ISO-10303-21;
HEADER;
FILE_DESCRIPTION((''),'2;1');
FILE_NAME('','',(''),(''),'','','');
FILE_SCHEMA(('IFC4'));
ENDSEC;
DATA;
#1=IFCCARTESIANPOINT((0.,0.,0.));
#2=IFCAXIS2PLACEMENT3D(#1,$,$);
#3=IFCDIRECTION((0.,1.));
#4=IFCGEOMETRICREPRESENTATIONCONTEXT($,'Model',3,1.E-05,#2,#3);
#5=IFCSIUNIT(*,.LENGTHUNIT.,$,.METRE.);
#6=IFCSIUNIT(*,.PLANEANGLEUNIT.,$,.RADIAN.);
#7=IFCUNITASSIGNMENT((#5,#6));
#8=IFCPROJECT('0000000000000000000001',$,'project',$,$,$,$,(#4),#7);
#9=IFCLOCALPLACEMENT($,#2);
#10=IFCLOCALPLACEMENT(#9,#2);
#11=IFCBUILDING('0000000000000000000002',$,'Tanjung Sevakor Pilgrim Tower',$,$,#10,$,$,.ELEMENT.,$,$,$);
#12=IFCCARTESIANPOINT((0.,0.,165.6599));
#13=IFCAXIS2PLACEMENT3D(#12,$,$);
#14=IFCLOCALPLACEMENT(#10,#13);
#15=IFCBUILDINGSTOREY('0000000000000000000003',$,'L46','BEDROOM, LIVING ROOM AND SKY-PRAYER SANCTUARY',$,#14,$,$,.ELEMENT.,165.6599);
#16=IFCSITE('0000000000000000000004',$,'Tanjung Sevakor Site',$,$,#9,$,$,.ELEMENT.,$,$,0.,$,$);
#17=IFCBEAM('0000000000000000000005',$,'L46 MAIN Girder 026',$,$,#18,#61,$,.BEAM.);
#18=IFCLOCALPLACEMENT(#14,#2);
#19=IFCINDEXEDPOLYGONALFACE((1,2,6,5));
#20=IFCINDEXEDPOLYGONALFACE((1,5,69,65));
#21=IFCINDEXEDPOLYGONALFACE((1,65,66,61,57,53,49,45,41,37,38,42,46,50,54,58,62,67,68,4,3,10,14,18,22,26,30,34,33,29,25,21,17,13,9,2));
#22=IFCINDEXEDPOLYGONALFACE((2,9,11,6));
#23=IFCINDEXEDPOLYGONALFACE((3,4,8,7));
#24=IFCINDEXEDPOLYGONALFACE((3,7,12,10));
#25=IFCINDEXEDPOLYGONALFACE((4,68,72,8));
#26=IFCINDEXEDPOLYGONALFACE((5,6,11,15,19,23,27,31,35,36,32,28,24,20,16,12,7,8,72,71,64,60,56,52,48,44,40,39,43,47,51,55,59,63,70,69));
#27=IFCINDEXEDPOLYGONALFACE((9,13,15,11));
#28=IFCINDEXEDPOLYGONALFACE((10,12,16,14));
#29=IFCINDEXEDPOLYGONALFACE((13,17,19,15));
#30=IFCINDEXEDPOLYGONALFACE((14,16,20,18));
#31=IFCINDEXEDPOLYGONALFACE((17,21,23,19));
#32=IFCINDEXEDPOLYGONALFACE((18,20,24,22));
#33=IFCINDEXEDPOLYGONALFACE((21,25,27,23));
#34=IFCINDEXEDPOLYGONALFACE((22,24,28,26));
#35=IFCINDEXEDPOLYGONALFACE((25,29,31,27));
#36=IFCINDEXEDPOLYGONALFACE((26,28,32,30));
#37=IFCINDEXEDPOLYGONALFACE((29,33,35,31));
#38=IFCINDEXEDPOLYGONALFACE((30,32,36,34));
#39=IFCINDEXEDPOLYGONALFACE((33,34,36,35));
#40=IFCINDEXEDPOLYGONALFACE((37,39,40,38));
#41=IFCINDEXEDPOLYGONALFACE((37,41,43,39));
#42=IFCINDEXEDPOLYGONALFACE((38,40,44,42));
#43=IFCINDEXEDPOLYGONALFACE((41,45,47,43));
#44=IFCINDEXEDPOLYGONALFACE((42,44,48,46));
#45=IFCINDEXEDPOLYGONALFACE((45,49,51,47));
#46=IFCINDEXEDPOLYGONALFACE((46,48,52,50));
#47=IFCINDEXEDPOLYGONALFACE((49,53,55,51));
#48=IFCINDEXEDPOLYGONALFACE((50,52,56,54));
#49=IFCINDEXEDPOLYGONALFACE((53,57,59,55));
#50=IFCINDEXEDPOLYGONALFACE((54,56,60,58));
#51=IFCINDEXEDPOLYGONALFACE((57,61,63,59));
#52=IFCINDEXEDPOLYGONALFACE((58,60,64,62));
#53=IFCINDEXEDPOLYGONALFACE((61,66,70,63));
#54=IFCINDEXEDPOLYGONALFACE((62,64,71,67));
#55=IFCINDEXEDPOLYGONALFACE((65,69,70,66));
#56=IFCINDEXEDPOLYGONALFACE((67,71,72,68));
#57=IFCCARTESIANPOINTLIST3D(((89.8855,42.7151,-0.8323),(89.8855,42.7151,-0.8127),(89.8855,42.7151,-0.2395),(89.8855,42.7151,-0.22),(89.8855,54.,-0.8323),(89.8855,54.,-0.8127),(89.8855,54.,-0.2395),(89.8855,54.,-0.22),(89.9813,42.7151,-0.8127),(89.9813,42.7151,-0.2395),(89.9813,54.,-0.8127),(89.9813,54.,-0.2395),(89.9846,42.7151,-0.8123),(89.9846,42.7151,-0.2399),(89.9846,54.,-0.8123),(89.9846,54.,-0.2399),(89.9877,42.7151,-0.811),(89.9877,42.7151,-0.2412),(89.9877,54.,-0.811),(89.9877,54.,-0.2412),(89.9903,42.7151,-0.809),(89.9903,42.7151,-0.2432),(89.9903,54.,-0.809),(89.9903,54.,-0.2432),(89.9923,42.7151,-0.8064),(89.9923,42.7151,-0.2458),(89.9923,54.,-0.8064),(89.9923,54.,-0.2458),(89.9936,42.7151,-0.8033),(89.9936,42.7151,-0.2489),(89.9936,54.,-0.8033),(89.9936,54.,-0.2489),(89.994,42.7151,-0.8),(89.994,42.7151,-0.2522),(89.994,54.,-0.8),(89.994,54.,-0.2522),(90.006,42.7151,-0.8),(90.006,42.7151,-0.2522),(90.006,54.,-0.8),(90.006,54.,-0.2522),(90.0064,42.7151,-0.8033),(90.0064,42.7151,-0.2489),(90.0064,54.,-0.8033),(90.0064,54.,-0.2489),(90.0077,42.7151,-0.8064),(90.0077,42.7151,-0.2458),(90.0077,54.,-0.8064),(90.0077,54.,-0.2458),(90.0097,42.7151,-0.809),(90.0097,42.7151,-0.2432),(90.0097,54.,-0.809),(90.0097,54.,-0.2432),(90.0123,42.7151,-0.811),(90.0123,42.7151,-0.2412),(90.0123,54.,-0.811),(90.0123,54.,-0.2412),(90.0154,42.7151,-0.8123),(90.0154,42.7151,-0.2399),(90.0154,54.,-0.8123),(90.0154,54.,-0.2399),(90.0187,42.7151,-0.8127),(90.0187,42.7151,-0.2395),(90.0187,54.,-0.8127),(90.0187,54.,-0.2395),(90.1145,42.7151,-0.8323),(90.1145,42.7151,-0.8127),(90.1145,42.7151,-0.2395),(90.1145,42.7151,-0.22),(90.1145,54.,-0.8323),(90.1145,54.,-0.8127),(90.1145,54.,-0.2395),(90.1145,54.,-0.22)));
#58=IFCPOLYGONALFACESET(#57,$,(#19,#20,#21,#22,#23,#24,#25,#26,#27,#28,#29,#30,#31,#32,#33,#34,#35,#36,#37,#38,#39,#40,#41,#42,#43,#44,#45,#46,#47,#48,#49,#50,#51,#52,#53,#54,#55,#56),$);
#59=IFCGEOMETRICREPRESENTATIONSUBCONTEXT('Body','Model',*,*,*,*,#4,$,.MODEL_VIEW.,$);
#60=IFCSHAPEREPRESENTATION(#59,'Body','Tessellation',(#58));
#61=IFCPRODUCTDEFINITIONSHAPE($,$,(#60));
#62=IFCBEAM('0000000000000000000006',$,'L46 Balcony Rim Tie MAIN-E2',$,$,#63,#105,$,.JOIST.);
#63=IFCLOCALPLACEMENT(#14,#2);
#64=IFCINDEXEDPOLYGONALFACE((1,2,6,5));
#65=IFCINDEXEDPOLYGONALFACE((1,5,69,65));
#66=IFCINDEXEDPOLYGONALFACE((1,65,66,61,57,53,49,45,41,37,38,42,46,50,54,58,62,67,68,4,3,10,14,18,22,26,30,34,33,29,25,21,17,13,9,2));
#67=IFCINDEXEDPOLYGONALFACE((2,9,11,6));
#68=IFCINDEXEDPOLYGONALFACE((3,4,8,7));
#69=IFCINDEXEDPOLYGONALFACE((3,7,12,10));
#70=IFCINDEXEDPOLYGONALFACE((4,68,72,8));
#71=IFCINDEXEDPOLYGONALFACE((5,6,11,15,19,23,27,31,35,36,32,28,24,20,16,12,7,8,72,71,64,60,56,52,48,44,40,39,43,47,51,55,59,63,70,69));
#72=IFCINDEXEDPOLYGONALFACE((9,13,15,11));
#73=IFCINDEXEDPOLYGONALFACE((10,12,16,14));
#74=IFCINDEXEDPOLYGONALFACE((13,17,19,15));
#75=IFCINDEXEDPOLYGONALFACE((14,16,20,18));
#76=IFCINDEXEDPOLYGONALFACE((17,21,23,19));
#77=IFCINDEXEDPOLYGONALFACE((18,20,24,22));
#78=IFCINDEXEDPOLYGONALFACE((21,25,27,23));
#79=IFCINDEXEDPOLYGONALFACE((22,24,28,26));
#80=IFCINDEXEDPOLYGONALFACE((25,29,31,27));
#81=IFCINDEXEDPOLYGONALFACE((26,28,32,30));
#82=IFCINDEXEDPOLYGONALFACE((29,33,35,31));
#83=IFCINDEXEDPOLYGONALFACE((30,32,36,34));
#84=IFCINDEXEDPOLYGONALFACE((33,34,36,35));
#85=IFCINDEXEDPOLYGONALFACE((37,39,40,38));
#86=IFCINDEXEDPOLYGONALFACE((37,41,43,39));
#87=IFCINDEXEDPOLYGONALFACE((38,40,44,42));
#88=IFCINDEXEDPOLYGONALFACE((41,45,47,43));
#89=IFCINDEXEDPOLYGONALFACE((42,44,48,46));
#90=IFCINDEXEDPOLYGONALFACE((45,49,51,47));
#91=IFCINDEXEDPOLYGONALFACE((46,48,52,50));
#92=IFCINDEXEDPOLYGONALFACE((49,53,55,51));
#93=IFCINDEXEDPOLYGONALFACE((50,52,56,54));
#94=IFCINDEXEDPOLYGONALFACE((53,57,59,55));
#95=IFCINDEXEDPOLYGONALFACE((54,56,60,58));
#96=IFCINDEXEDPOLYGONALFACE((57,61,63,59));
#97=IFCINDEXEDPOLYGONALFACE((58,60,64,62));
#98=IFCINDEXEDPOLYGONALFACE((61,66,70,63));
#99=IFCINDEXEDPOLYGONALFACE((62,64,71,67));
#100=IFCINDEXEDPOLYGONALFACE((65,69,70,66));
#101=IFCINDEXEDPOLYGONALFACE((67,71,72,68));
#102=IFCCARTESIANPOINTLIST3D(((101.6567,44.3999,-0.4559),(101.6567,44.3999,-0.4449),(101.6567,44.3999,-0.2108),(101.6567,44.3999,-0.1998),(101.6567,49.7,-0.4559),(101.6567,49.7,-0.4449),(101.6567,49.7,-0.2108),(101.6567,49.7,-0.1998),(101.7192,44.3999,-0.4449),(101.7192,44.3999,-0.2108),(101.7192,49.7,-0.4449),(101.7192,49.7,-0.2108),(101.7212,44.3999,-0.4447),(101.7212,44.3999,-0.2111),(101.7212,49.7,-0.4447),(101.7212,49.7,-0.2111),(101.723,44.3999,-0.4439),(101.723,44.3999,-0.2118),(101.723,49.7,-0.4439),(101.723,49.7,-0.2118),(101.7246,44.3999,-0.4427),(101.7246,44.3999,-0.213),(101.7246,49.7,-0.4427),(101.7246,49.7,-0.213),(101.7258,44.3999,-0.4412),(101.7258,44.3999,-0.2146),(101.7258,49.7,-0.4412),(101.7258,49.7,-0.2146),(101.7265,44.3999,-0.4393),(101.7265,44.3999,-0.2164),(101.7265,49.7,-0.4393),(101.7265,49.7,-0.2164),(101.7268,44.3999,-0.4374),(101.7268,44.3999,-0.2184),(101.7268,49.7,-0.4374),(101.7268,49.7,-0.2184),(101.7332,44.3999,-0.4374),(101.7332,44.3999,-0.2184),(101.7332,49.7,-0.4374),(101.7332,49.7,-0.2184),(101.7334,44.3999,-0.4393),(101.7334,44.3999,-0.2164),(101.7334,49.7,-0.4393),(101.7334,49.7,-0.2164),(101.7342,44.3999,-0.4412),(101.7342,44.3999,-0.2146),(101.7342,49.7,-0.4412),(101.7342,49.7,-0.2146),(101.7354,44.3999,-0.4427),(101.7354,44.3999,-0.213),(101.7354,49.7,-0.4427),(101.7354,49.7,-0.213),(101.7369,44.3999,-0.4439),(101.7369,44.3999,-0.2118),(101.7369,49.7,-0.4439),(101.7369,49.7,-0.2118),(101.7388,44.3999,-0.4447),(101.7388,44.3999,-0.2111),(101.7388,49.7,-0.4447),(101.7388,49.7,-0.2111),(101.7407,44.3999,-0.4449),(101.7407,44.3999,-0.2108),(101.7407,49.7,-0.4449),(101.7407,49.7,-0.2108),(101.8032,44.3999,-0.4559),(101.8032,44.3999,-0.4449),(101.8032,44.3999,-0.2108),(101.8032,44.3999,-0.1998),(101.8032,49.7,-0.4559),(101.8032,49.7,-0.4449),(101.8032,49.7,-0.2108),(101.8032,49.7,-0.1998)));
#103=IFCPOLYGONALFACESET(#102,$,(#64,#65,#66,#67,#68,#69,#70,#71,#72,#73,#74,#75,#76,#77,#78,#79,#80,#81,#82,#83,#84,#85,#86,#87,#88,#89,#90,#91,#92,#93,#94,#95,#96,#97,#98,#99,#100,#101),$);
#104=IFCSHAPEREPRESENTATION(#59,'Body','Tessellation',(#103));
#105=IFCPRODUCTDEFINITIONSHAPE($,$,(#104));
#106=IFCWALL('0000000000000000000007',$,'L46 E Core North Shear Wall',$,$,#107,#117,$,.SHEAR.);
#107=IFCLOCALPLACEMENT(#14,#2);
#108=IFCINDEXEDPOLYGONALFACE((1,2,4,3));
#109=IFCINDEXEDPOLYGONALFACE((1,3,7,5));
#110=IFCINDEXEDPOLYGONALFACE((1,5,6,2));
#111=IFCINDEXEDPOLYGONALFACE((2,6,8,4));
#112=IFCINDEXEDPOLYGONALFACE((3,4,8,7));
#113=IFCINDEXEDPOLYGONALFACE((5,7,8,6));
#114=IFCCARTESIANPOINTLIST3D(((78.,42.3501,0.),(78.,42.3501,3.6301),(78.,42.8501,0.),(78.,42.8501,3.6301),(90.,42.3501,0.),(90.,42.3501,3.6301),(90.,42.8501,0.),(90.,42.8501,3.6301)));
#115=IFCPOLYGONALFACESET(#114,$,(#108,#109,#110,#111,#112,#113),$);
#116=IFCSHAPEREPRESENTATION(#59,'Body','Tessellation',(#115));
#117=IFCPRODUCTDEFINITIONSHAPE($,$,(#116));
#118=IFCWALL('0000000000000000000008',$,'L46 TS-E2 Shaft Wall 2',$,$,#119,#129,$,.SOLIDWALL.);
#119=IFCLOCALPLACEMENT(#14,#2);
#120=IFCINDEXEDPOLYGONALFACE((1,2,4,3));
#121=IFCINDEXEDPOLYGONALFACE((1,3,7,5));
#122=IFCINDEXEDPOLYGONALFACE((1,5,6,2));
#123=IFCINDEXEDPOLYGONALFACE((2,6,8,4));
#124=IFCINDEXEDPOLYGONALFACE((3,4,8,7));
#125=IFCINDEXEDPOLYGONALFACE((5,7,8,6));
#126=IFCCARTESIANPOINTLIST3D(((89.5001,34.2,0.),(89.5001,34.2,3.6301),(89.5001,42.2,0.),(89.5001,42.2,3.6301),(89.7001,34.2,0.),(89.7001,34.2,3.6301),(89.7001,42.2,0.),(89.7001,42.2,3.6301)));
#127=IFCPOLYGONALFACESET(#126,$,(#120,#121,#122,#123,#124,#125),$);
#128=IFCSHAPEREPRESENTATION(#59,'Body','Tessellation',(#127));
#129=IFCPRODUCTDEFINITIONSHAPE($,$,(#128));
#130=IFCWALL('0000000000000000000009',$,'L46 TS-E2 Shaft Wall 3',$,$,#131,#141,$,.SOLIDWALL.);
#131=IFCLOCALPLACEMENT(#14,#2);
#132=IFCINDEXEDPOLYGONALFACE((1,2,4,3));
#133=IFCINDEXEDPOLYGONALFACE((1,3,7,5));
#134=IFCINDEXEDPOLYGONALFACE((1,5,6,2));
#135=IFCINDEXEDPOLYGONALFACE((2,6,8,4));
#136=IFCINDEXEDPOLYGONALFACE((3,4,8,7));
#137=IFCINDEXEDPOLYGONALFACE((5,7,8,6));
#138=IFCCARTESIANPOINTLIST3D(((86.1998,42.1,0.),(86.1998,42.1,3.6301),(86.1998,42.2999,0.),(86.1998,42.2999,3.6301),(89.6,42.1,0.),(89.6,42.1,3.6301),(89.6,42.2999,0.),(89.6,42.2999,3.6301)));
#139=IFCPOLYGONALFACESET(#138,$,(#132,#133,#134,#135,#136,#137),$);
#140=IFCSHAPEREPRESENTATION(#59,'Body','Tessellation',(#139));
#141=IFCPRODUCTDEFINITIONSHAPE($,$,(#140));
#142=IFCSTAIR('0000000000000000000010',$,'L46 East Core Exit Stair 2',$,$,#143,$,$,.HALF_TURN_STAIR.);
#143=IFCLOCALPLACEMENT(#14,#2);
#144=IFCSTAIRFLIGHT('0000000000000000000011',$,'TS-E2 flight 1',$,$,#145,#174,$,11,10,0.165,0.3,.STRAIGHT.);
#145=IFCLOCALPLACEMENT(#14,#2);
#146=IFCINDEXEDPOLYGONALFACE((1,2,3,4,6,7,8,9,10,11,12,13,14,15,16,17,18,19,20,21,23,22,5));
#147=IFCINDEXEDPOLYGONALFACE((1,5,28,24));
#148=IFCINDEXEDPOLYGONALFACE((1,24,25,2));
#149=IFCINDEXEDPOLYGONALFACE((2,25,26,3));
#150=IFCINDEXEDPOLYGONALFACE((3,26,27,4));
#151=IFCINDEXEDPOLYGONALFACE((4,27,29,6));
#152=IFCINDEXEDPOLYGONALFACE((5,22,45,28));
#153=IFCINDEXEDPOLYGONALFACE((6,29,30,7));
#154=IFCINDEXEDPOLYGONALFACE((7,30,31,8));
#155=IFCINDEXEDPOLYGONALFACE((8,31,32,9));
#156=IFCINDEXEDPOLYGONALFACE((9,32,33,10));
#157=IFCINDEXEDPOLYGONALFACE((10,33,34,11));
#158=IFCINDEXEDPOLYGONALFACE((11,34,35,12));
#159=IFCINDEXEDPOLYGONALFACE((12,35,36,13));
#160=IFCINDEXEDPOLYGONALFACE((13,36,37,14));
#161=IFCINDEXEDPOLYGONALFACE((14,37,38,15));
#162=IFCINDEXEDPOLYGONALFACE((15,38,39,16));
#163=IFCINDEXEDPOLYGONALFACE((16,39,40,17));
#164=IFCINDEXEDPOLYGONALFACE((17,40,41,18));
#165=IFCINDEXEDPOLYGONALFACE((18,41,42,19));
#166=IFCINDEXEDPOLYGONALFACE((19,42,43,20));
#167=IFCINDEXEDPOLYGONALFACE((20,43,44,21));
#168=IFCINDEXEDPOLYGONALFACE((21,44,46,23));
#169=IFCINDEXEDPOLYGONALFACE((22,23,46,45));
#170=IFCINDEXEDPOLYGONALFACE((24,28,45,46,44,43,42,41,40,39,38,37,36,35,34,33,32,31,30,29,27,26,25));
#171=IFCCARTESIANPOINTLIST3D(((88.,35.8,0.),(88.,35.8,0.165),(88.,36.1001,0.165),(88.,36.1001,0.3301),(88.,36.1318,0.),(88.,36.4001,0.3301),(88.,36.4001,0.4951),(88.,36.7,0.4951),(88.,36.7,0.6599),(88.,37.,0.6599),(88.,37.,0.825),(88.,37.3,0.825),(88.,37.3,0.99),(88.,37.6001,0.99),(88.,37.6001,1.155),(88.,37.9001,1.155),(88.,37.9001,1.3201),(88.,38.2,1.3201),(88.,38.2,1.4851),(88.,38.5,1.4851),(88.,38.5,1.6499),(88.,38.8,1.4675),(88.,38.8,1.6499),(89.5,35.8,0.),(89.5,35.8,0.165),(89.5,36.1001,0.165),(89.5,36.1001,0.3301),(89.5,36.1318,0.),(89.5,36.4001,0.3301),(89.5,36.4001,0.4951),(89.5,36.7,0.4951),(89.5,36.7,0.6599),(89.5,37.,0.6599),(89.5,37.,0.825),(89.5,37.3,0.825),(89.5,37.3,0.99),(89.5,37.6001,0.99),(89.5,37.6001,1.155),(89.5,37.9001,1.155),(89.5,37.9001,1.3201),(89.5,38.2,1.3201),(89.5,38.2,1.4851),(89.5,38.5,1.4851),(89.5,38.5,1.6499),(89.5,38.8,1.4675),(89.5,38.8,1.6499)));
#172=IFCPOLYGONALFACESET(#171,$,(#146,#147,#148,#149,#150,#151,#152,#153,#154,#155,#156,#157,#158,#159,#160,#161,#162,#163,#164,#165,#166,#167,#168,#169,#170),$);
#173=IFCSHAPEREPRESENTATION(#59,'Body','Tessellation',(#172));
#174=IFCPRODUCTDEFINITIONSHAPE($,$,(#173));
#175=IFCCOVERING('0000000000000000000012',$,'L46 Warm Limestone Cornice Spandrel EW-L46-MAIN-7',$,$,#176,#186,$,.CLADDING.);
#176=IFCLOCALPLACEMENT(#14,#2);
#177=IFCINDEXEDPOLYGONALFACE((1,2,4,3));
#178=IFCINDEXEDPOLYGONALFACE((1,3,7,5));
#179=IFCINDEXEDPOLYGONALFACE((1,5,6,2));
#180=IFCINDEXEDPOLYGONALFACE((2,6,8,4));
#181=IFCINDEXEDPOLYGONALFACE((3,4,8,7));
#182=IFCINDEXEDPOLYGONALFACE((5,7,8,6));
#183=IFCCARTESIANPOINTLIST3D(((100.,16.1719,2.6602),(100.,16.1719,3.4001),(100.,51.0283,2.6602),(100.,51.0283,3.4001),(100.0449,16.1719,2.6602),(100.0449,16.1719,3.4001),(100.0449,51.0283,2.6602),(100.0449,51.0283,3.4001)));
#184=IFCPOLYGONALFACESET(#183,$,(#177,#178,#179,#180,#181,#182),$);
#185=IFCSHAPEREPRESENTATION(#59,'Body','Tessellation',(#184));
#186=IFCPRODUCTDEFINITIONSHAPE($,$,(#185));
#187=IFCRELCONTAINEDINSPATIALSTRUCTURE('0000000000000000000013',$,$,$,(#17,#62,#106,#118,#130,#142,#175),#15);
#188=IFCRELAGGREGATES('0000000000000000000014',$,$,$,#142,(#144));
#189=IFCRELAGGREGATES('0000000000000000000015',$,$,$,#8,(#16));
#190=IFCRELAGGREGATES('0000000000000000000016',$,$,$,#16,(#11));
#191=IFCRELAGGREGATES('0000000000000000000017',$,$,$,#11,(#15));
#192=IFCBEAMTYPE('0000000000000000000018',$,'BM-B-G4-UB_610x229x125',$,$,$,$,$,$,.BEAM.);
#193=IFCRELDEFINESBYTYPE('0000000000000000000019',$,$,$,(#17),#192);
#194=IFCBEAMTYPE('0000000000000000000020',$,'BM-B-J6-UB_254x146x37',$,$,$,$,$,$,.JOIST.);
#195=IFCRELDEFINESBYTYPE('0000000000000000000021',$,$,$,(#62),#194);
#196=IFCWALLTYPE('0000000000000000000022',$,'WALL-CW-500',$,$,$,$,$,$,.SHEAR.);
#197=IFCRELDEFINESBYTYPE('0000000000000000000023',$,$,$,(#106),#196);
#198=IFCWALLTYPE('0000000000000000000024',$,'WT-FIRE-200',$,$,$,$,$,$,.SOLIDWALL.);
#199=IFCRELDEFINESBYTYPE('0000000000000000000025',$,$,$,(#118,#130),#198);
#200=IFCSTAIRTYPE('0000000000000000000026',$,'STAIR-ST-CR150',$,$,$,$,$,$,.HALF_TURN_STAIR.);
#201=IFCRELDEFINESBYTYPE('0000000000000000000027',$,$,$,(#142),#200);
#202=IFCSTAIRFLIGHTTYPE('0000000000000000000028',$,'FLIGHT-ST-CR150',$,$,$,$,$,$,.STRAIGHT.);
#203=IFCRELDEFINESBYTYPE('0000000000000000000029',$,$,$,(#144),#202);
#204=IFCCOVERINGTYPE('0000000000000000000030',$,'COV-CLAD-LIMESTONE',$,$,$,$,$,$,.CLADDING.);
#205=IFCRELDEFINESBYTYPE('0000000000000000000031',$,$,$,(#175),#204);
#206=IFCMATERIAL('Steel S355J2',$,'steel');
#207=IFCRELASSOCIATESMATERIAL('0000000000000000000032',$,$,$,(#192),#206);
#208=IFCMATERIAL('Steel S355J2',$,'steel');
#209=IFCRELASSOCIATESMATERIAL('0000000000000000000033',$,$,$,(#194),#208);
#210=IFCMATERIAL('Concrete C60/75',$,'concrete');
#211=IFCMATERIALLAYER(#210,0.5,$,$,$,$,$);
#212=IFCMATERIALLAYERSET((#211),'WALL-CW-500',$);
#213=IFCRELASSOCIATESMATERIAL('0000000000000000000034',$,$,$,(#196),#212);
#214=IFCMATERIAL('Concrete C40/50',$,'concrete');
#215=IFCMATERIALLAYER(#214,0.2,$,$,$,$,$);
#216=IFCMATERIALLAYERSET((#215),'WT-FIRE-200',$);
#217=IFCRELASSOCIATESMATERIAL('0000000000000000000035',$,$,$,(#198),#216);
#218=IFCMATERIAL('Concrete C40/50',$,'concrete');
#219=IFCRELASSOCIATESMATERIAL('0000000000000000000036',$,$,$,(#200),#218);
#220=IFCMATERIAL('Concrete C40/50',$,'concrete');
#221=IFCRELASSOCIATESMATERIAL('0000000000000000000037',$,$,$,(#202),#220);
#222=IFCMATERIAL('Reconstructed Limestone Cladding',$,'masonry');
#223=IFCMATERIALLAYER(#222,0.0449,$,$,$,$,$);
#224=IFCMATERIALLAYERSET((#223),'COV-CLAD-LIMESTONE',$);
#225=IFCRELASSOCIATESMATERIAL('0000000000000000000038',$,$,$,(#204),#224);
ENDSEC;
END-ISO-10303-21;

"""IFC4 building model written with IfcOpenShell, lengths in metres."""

from ifc_helpers import new_model, si_unit, direction, frame, frame_2d, origin, origin_2d, place, context, subcontext, project, spatial, polyline, rectangle, i_section, outline, extrude, material, layer, layer_set, material_profile, profile_set, type_object, element, aggregate, save


model = new_model("IFC4")

# Units and contexts
model_context = context("Model", 3, precision=1e-05, world=origin(), true_north=direction((0.0, 1.0)))
body_context = subcontext(model_context, "Body", "Model", "MODEL_VIEW")
ifc_project = project(units=[si_unit("LENGTHUNIT", "METRE"), si_unit("PLANEANGLEUNIT", "RADIAN")], contexts=[model_context])

# Site, building, storey
site_placement = place(None, origin())
site = spatial("IfcSite", under=ifc_project, at=site_placement, Name="Tanjung Sevakor Site", CompositionType="ELEMENT", RefElevation=0.0)
building_placement = place(site_placement, origin())
building = spatial("IfcBuilding", under=site, at=building_placement, Name="Tanjung Sevakor Pilgrim Tower", CompositionType="ELEMENT")
storey_placement = place(building_placement, frame((0.0, 0.0, 165.6599)))
storey = spatial("IfcBuildingStorey", under=building, at=storey_placement, Name="L46", Description="BEDROOM, LIVING ROOM AND SKY-PRAYER SANCTUARY", CompositionType="ELEMENT", Elevation=165.6599)

# Beams
ifc_material_1 = material(Name="Steel S355J2", Category="steel")
ifc_material_profile_1 = material_profile(ifc_material_1, i_section(OverallWidth=0.229, OverallDepth=0.6123, WebThickness=0.012, FlangeThickness=0.0195, FilletRadius=0.0127, at=origin_2d()))
ifc_profile_set_1 = profile_set([ifc_material_profile_1], Name="Steel S355J2")
beam_type_1 = type_object("IfcBeamType", Name="BM-B-G4-UB_610x229x125", PredefinedType="BEAM", material=ifc_profile_set_1)
beam_1_placement = place(storey_placement, frame((90.0, 42.7151, -0.5261), z_axis=(0.0, 1.0, 0.0), x_axis=(-1.0, 0.0, 0.0)))
element("IfcBeam", 1, at=beam_1_placement, inside=storey, type_object=beam_type_1, Name="L46 MAIN Girder 026", PredefinedType="BEAM", context=body_context, shape_type="SweptSolid", body=[
    extrude(i_section(OverallWidth=0.229, OverallDepth=0.6123, WebThickness=0.012, FlangeThickness=0.0195, FilletRadius=0.0127, at=origin_2d()), origin(), (0.0, 0.0, 1.0), 11.2849),
])
ifc_material_2 = material(Name="Steel S355J2", Category="steel")
ifc_material_profile_2 = material_profile(ifc_material_2, i_section(OverallWidth=0.1465, OverallDepth=0.2561, WebThickness=0.0063, FlangeThickness=0.011, FilletRadius=0.0076, at=origin_2d()))
ifc_profile_set_2 = profile_set([ifc_material_profile_2], Name="Steel S355J2")
beam_type_2 = type_object("IfcBeamType", Name="BM-B-J6-UB_254x146x37", PredefinedType="JOIST", material=ifc_profile_set_2)
beam_2_placement = place(storey_placement, frame((101.73, 44.3999, -0.3279), z_axis=(0.0, 1.0, 0.0), x_axis=(-1.0, 0.0, 0.0)))
element("IfcBeam", 2, at=beam_2_placement, inside=storey, type_object=beam_type_2, Name="L46 Balcony Rim Tie MAIN-E2", PredefinedType="JOIST", context=body_context, shape_type="SweptSolid", body=[
    extrude(i_section(OverallWidth=0.1465, OverallDepth=0.2561, WebThickness=0.0063, FlangeThickness=0.011, FilletRadius=0.0076, at=origin_2d()), origin(), (0.0, 0.0, 1.0), 5.3),
])

# Walls
ifc_material_3 = material(Name="Concrete C60/75", Category="concrete")
ifc_layer_1 = layer(ifc_material_3, 0.5)
ifc_layer_set_1 = layer_set([ifc_layer_1], Name="WALL-CW-500")
wall_type_1 = type_object("IfcWallType", Name="WALL-CW-500", PredefinedType="SHEAR", material=ifc_layer_set_1)
wall_1_placement = place(storey_placement, frame((90.0, 42.6001, 0.0), z_axis=(0.0, 0.0, 1.0), x_axis=(-1.0, 0.0, 0.0)))
element("IfcWall", 3, at=wall_1_placement, inside=storey, type_object=wall_type_1, Name="L46 E Core North Shear Wall", PredefinedType="SHEAR", context=body_context, shape_type="SweptSolid", body=[
    extrude(rectangle(XDim=12.0, YDim=0.5, at=frame_2d((6.0, 0.0))), origin(), (0.0, 0.0, 1.0), 3.6301),
])
ifc_material_4 = material(Name="Concrete C40/50", Category="concrete")
ifc_layer_2 = layer(ifc_material_4, 0.2)
ifc_layer_set_2 = layer_set([ifc_layer_2], Name="WT-FIRE-200")
wall_type_2 = type_object("IfcWallType", Name="WT-FIRE-200", PredefinedType="SOLIDWALL", material=ifc_layer_set_2)
wall_2_placement = place(storey_placement, frame((89.6001, 34.2, 0.0), z_axis=(0.0, 0.0, 1.0), x_axis=(0.0, 1.0, 0.0)))
element("IfcWall", 4, at=wall_2_placement, inside=storey, type_object=wall_type_2, Name="L46 TS-E2 Shaft Wall 2", PredefinedType="SOLIDWALL", context=body_context, shape_type="SweptSolid", body=[
    extrude(rectangle(XDim=8.0, YDim=0.2, at=frame_2d((4.0, 0.0))), origin(), (0.0, 0.0, 1.0), 3.6301),
])
wall_3_placement = place(storey_placement, frame((89.6001, 42.2, 0.0), z_axis=(0.0, 0.0, 1.0), x_axis=(-1.0, 0.0, 0.0)))
element("IfcWall", 5, at=wall_3_placement, inside=storey, type_object=wall_type_2, Name="L46 TS-E2 Shaft Wall 3", PredefinedType="SOLIDWALL", context=body_context, shape_type="SweptSolid", body=[
    extrude(rectangle(XDim=3.4001, YDim=0.2, at=frame_2d((1.7002, 0.0))), origin(), (0.0, 0.0, 1.0), 3.6301),
])

# Stair, stair flight
ifc_material_5 = material(Name="Concrete C40/50", Category="concrete")
stair_type = type_object("IfcStairType", Name="STAIR-ST-CR150", PredefinedType="HALF_TURN_STAIR", material=ifc_material_5)
stair_placement = place(storey_placement, origin())
stair = element("IfcStair", 6, at=stair_placement, inside=storey, type_object=stair_type, Name="L46 East Core Exit Stair 2", PredefinedType="HALF_TURN_STAIR")
ifc_material_6 = material(Name="Concrete C40/50", Category="concrete")
stair_flight_type = type_object("IfcStairFlightType", Name="FLIGHT-ST-CR150", PredefinedType="STRAIGHT", material=ifc_material_6)
stair_flight_placement = place(storey_placement, frame((88.75, 35.8, 0.0), z_axis=(0.0, 0.0, 1.0), x_axis=(0.0, 1.0, 0.0)))
stair_flight = element("IfcStairFlight", 7, at=stair_flight_placement, type_object=stair_flight_type, Name="TS-E2 flight 1", NumberOfRisers=11, NumberOfTreads=10, PredefinedType="STRAIGHT", RiserHeight=0.165, TreadLength=0.3, context=body_context, shape_type="SweptSolid", body=[
    extrude(outline(polyline([(0.0, 0.0), (0.0, 0.165), (0.3, 0.165), (0.3, 0.3301), (0.6001, 0.3301), (0.6001, 0.4951), (0.8999, 0.4951), (0.8999, 0.6599), (1.2, 0.6599), (1.2, 0.825), (1.5, 0.825), (1.5, 0.99), (1.8, 0.99), (1.8, 1.155), (2.1001, 1.155), (2.1001, 1.3201), (2.3999, 1.3201), (2.3999, 1.4851), (2.7, 1.4851), (2.7, 1.6499), (3.0, 1.6499), (3.0, 1.8149), (3.0, 1.4675), (0.3318, 0.0), (0.0, 0.0)])), frame((0.0, 0.75, 0.0), z_axis=(0.0, -1.0, 0.0), x_axis=(1.0, 0.0, 0.0)), (0.0, 0.0, 1.0), 1.5),
])
aggregate(stair, [stair_flight])

# Covering
ifc_material_7 = material(Name="Reconstructed Limestone Cladding", Category="masonry")
ifc_layer_3 = layer(ifc_material_7, 0.0449)
ifc_layer_set_3 = layer_set([ifc_layer_3], Name="COV-CLAD-LIMESTONE")
covering_type = type_object("IfcCoveringType", Name="COV-CLAD-LIMESTONE", PredefinedType="CLADDING", material=ifc_layer_set_3)
covering_1_placement = place(storey_placement, frame((100.0225, 33.6001, 2.6602), z_axis=(0.0, 0.0, 1.0), x_axis=(0.0, 1.0, 0.0)))
element("IfcCovering", 8, at=covering_1_placement, inside=storey, type_object=covering_type, Name="L46 Warm Limestone Cornice Spandrel EW-L46-MAIN-7", PredefinedType="CLADDING", context=body_context, shape_type="SweptSolid", body=[
    extrude(rectangle(XDim=34.8564, YDim=0.0449, at=origin_2d()), origin(), (0.0, 0.0, 1.0), 0.74),
])

save(model, "model.ifc")
